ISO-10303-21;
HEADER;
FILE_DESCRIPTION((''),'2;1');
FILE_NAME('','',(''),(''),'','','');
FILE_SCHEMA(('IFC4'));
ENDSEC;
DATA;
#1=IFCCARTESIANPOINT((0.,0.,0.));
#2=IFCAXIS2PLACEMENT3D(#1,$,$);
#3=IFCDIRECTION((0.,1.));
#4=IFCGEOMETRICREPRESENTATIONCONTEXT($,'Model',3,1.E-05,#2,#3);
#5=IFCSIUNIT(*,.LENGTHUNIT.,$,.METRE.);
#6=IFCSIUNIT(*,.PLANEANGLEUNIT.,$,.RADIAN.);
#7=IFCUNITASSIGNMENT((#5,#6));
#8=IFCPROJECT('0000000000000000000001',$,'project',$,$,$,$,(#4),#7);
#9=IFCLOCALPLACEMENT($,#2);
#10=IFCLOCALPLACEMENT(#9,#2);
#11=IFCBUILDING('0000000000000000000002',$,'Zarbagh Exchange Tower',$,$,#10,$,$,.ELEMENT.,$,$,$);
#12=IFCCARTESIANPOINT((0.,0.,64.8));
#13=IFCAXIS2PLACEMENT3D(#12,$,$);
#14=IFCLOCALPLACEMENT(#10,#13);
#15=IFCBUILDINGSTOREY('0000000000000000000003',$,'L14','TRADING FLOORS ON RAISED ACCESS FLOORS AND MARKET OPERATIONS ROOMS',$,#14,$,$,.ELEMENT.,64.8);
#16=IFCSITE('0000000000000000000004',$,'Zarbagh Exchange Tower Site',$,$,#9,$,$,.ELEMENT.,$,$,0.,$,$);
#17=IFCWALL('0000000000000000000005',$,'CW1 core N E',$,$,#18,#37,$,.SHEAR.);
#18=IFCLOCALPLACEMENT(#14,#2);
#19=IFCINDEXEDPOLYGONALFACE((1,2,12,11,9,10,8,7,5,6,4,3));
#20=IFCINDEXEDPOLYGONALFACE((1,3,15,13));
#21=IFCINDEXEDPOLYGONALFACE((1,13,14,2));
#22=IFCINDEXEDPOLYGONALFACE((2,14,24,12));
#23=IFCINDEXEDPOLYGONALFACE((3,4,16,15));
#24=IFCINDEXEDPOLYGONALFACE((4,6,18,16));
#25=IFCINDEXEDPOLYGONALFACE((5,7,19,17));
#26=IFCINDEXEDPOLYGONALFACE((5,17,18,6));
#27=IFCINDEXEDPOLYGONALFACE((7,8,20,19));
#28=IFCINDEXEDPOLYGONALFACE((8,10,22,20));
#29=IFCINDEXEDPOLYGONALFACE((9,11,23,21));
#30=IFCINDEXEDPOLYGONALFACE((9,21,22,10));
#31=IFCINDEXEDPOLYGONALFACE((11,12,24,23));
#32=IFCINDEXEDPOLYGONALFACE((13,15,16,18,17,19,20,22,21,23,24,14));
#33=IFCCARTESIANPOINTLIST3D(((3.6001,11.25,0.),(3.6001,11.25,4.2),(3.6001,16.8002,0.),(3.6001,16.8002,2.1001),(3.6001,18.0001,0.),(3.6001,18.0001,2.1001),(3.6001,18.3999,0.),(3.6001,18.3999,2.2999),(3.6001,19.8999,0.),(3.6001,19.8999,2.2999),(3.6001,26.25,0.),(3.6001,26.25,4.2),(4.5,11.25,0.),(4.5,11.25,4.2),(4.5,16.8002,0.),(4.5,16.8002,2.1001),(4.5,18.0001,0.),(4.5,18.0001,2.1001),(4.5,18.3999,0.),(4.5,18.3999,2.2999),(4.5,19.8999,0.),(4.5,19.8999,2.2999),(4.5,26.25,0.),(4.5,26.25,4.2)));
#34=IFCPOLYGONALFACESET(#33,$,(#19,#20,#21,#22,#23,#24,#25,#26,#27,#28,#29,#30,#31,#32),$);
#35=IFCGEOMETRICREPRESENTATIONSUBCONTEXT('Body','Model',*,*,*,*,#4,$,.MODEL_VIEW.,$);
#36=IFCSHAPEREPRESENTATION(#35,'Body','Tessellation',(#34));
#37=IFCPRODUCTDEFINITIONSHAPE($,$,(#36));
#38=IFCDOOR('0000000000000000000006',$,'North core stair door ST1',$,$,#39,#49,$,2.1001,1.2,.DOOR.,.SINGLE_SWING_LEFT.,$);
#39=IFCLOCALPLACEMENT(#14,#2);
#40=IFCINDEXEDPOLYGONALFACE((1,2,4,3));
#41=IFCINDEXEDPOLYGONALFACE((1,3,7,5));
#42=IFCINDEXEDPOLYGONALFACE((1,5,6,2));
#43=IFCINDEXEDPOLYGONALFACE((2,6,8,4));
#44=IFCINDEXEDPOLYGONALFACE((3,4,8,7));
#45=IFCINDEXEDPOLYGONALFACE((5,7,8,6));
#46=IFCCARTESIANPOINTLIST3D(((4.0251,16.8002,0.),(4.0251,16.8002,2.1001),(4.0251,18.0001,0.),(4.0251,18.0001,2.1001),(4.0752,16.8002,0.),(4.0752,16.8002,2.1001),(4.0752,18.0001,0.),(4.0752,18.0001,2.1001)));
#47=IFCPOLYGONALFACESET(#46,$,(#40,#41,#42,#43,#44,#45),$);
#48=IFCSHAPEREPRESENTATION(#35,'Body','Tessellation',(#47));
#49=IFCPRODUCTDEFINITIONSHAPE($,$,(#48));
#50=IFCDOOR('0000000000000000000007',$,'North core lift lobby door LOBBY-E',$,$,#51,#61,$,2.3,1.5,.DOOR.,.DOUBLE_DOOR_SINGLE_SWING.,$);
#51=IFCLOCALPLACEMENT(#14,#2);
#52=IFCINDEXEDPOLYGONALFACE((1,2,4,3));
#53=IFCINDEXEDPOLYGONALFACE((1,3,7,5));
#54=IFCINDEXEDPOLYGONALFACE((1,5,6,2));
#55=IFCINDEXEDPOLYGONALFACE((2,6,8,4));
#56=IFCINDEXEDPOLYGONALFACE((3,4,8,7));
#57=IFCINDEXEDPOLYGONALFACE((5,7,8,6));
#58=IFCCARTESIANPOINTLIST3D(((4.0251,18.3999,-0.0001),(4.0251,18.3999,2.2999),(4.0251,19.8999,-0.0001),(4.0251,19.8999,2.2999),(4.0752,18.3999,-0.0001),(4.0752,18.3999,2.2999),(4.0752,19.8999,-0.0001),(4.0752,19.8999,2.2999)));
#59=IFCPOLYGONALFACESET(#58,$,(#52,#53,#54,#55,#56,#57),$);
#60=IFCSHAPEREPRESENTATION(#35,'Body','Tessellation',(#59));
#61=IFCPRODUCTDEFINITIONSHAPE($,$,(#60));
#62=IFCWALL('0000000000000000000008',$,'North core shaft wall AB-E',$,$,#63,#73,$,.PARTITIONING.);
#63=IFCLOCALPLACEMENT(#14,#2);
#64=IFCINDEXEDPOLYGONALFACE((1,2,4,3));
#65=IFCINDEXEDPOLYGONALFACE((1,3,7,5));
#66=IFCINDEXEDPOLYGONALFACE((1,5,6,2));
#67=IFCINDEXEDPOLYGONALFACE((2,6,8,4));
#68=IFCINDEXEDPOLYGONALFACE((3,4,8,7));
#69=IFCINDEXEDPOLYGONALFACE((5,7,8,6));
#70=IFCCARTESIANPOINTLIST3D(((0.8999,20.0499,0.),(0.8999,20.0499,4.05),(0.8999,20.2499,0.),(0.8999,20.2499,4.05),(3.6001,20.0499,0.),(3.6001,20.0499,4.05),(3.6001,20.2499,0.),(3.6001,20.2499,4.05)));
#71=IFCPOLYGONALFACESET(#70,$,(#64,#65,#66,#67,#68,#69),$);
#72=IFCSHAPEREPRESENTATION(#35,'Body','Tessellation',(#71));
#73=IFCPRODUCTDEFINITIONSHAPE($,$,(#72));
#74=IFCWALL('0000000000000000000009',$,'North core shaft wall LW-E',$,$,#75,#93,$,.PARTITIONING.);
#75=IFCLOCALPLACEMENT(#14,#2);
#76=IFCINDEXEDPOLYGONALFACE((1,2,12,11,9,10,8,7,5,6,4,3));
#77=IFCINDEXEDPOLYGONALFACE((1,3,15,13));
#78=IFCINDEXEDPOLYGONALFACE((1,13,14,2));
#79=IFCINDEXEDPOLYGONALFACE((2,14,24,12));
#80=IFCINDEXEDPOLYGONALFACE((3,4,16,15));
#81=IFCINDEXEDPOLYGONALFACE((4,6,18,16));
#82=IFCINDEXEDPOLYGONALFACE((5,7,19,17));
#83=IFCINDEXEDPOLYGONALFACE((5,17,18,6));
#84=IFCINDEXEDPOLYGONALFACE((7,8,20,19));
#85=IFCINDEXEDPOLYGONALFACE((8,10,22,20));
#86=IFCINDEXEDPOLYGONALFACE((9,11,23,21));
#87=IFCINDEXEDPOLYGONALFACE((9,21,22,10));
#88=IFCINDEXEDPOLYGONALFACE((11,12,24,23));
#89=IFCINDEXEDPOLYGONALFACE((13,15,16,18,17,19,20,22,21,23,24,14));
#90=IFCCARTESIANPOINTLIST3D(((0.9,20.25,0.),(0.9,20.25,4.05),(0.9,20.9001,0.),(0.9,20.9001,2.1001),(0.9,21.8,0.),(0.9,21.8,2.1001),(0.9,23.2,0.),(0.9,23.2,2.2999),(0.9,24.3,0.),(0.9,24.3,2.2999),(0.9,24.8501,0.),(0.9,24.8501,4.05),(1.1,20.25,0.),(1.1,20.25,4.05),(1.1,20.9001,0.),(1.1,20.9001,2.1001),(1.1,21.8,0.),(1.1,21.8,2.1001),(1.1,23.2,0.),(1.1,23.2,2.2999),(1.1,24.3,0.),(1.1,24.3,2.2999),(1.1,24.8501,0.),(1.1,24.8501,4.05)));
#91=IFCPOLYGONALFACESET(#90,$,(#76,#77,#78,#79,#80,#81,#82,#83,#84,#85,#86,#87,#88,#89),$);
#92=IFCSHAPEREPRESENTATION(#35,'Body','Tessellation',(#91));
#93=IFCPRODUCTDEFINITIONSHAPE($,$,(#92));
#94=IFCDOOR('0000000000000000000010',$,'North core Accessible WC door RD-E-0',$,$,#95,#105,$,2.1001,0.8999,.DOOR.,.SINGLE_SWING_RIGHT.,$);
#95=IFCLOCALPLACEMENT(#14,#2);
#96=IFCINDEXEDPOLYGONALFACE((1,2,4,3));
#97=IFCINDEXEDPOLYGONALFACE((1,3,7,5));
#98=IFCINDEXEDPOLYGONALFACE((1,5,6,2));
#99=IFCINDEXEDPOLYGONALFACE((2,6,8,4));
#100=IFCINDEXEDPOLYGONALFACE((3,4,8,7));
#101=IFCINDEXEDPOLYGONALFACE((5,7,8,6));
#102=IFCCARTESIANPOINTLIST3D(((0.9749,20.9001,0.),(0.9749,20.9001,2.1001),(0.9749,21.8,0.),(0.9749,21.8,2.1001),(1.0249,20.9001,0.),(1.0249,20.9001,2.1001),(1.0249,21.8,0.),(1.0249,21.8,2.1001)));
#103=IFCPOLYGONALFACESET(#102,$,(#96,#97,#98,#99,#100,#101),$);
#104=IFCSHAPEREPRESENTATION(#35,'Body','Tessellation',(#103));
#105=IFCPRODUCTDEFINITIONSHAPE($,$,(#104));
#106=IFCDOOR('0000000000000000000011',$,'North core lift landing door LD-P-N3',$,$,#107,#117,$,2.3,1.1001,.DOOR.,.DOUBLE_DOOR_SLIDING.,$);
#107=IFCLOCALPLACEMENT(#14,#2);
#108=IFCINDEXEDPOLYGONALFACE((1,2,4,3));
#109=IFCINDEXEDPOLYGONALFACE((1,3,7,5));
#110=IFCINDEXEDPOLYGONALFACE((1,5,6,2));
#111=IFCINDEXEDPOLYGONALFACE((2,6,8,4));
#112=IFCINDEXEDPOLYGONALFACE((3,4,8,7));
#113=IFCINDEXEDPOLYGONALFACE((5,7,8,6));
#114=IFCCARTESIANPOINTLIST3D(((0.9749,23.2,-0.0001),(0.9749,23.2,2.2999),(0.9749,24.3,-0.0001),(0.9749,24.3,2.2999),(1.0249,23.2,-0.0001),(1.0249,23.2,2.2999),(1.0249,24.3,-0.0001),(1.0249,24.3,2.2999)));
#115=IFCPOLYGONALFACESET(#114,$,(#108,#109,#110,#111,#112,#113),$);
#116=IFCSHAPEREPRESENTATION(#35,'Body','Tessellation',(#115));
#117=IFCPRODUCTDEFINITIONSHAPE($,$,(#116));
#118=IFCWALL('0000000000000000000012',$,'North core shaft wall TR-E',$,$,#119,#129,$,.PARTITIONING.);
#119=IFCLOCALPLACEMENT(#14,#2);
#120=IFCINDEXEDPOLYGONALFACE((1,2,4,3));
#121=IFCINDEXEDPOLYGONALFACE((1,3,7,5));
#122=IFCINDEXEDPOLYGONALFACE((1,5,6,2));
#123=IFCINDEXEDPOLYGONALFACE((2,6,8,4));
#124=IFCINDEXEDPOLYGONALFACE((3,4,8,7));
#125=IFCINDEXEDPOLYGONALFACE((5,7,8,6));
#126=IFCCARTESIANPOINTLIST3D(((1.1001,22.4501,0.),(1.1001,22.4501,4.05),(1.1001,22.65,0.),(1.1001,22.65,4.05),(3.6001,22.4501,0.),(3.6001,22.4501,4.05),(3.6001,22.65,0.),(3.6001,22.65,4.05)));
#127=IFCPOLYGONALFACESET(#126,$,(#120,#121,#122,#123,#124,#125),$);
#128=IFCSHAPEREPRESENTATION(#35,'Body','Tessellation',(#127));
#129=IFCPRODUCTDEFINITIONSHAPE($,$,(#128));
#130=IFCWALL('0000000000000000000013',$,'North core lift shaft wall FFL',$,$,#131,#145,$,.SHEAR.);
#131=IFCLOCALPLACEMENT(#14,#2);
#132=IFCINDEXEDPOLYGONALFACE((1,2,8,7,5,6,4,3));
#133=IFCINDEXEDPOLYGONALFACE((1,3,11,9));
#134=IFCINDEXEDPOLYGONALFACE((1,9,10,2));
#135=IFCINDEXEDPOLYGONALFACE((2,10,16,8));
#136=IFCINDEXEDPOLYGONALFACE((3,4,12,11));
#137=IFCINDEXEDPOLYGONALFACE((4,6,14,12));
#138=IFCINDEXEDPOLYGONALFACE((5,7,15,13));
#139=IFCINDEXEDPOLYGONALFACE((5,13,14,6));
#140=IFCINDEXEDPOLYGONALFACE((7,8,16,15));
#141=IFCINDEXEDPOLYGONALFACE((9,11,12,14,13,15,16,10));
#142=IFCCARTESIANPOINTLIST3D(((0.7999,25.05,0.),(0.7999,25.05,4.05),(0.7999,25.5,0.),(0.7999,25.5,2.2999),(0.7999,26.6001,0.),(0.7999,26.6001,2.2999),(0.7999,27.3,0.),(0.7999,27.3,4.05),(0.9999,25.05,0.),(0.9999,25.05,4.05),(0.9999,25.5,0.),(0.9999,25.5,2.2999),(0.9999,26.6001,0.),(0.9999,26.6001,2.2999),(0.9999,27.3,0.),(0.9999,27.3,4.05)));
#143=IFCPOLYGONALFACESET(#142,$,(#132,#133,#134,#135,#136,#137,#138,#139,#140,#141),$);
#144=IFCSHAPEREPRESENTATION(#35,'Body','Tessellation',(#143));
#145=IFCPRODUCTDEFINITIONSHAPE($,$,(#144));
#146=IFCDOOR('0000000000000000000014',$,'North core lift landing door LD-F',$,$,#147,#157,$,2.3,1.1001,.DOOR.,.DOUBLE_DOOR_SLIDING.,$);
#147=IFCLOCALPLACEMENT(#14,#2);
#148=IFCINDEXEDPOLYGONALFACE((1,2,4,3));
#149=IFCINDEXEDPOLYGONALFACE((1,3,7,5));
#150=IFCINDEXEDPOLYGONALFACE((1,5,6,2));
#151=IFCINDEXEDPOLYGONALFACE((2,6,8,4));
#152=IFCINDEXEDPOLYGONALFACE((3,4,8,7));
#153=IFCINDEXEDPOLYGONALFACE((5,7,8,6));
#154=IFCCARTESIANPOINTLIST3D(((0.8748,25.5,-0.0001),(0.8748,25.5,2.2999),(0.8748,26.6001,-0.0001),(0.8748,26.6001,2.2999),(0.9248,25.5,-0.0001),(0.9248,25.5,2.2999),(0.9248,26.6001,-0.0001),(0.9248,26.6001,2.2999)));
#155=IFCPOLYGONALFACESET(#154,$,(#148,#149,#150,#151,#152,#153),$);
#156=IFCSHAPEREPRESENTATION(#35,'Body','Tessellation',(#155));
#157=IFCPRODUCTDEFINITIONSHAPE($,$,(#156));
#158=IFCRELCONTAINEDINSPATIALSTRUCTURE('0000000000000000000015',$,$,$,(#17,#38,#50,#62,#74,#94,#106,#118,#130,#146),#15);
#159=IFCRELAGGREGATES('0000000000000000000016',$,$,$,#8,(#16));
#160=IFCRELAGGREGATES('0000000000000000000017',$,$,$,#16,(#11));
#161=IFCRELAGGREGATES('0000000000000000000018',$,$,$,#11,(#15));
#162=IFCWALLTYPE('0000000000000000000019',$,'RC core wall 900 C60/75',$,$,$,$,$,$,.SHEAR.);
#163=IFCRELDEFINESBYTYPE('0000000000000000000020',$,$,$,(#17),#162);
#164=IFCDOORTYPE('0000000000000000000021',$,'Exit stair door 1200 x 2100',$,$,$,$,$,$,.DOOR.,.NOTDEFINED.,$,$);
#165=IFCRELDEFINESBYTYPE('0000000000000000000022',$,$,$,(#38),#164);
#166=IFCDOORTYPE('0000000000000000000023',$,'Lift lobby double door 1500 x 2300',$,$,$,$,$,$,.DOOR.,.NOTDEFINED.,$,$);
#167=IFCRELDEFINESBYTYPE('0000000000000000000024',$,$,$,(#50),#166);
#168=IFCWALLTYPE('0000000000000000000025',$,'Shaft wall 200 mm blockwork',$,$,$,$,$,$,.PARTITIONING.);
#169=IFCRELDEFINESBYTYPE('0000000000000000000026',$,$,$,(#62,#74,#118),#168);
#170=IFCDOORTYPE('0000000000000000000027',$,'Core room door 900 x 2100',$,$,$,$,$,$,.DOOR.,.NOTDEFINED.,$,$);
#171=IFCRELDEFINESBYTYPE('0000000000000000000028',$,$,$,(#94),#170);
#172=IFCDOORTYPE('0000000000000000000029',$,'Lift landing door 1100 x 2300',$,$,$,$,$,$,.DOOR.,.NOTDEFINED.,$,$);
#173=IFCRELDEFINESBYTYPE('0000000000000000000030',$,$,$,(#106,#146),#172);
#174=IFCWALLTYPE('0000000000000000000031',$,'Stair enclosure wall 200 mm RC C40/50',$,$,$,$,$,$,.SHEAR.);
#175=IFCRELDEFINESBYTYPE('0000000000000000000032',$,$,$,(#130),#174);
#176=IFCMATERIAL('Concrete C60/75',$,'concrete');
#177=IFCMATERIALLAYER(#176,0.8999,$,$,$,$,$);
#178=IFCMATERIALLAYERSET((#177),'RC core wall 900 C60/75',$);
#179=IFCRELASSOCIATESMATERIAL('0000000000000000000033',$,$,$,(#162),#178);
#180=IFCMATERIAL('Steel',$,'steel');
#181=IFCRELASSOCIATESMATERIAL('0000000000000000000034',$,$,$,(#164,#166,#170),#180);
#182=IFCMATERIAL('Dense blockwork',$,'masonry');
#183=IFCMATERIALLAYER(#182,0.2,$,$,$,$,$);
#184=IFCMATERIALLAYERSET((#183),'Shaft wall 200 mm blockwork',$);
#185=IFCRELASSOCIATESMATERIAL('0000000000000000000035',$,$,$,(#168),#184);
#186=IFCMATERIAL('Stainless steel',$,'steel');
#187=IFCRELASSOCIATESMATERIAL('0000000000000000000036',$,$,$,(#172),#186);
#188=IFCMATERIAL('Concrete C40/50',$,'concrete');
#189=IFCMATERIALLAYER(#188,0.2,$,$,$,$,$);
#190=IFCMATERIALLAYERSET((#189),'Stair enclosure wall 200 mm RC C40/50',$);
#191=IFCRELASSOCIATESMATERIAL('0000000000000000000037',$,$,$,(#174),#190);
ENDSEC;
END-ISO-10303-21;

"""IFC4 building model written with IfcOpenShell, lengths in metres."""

from ifc_helpers import new_model, si_unit, direction, frame, frame_2d, origin, place, context, subcontext, project, spatial, rectangle, extrude, material, layer, layer_set, type_object, element, fill, save


model = new_model("IFC4")

# Units and contexts
model_context = context("Model", 3, precision=1e-05, world=origin(), true_north=direction((0.0, 1.0)))
body_context = subcontext(model_context, "Body", "Model", "MODEL_VIEW")
ifc_project = project(units=[si_unit("LENGTHUNIT", "METRE"), si_unit("PLANEANGLEUNIT", "RADIAN")], contexts=[model_context])

# Site, building, storey
site_placement = place(None, origin())
site = spatial("IfcSite", under=ifc_project, at=site_placement, Name="Zarbagh Exchange Tower Site", CompositionType="ELEMENT", RefElevation=0.0)
building_placement = place(site_placement, origin())
building = spatial("IfcBuilding", under=site, at=building_placement, Name="Zarbagh Exchange Tower", CompositionType="ELEMENT")
storey_placement = place(building_placement, frame((0.0, 0.0, 64.8)))
storey = spatial("IfcBuildingStorey", under=building, at=storey_placement, Name="L14", Description="TRADING FLOORS ON RAISED ACCESS FLOORS AND MARKET OPERATIONS ROOMS", CompositionType="ELEMENT", Elevation=64.8)

# Shared definitions
ifc_material_1 = material(Name="Concrete C60/75", Category="concrete")

# Wall, openings, doors
ifc_layer_1 = layer(ifc_material_1, 0.8999)
ifc_layer_set_1 = layer_set([ifc_layer_1], Name="RC core wall 900 C60/75")
wall_type_1 = type_object("IfcWallType", Name="RC core wall 900 C60/75", PredefinedType="SHEAR", material=ifc_layer_set_1)
wall_1_placement = place(storey_placement, frame((4.05, 11.25, 0.0), z_axis=(0.0, 0.0, 1.0), x_axis=(0.0, 1.0, 0.0)))
wall_1 = element("IfcWall", 1, at=wall_1_placement, inside=storey, type_object=wall_type_1, Name="CW1 core N E", PredefinedType="SHEAR", context=body_context, shape_type="SweptSolid", body=[
    extrude(rectangle(XDim=15.0, YDim=0.8999, at=frame_2d((7.5, 0.0))), origin(), (0.0, 0.0, 1.0), 4.2),
])
opening_1_placement = place(wall_1_placement, frame((7.1499, 0.0, 0.0)))
opening_1 = element("IfcOpeningElement", 2, at=opening_1_placement, cuts=wall_1, PredefinedType="OPENING", context=body_context, shape_type="SweptSolid", body=[
    extrude(rectangle(XDim=1.5, YDim=2.3, at=frame_2d((0.75, 1.1499))), frame((0.0, 0.46, 0.0), z_axis=(0.0, -1.0, 0.0), x_axis=(1.0, 0.0, 0.0)), (0.0, 0.0, 1.0), 0.9199),
])
opening_2_placement = place(wall_1_placement, frame((5.55, 0.0, 0.0)))
opening_2 = element("IfcOpeningElement", 3, at=opening_2_placement, cuts=wall_1, PredefinedType="OPENING", context=body_context, shape_type="SweptSolid", body=[
    extrude(rectangle(XDim=1.2, YDim=2.1001, at=frame_2d((0.6001, 1.05))), frame((0.0, 0.46, 0.0), z_axis=(0.0, -1.0, 0.0), x_axis=(1.0, 0.0, 0.0)), (0.0, 0.0, 1.0), 0.9199),
])
ifc_material_2 = material(Name="Steel", Category="steel")
door_type_1 = type_object("IfcDoorType", Name="Exit stair door 1200 x 2100", OperationType="NOTDEFINED", PredefinedType="DOOR", material=ifc_material_2)
door_1_placement = place(opening_2_placement, origin())
door_1 = element("IfcDoor", 4, at=door_1_placement, inside=storey, type_object=door_type_1, Name="North core stair door ST1", OperationType="SINGLE_SWING_LEFT", OverallHeight=2.1001, OverallWidth=1.2, PredefinedType="DOOR", context=body_context, shape_type="SweptSolid", body=[
    extrude(rectangle(XDim=1.2, YDim=2.1001, at=frame_2d((0.6001, 1.05))), frame((0.0, 0.0249, 0.0), z_axis=(0.0, -1.0, 0.0), x_axis=(1.0, 0.0, 0.0)), (0.0, 0.0, 1.0), 0.05),
])
fill(opening_2, door_1)
door_type_2 = type_object("IfcDoorType", Name="Lift lobby double door 1500 x 2300", OperationType="NOTDEFINED", PredefinedType="DOOR", material=ifc_material_2)
door_2_placement = place(opening_1_placement, origin())
door_2 = element("IfcDoor", 5, at=door_2_placement, inside=storey, type_object=door_type_2, Name="North core lift lobby door LOBBY-E", OperationType="DOUBLE_DOOR_SINGLE_SWING", OverallHeight=2.3, OverallWidth=1.5, PredefinedType="DOOR", context=body_context, shape_type="SweptSolid", body=[
    extrude(rectangle(XDim=1.5, YDim=2.3, at=frame_2d((0.75, 1.1499))), frame((0.0, 0.0249, 0.0), z_axis=(0.0, -1.0, 0.0), x_axis=(1.0, 0.0, 0.0)), (0.0, 0.0, 1.0), 0.05),
])
fill(opening_1, door_2)

# Wall
ifc_material_3 = material(Name="Dense blockwork", Category="masonry")
ifc_layer_2 = layer(ifc_material_3, 0.2)
ifc_layer_set_2 = layer_set([ifc_layer_2], Name="Shaft wall 200 mm blockwork")
wall_type_2 = type_object("IfcWallType", Name="Shaft wall 200 mm blockwork", PredefinedType="PARTITIONING", material=ifc_layer_set_2)
wall_2_placement = place(storey_placement, frame((0.8999, 20.1499, 0.0), z_axis=(0.0, 0.0, 1.0), x_axis=(1.0, 0.0, 0.0)))
element("IfcWall", 6, at=wall_2_placement, inside=storey, type_object=wall_type_2, Name="North core shaft wall AB-E", PredefinedType="PARTITIONING", context=body_context, shape_type="SweptSolid", body=[
    extrude(rectangle(XDim=2.7002, YDim=0.2, at=frame_2d((1.3501, 0.0))), origin(), (0.0, 0.0, 1.0), 4.05),
])

# Wall, openings, doors
wall_3_placement = place(storey_placement, frame((1.0, 24.8501, 0.0), z_axis=(0.0, 0.0, 1.0), x_axis=(0.0, -1.0, 0.0)))
wall_3 = element("IfcWall", 7, at=wall_3_placement, inside=storey, type_object=wall_type_2, Name="North core shaft wall LW-E", PredefinedType="PARTITIONING", context=body_context, shape_type="SweptSolid", body=[
    extrude(rectangle(XDim=4.6001, YDim=0.2, at=frame_2d((2.3, 0.0))), origin(), (0.0, 0.0, 1.0), 4.05),
])
opening_3_placement = place(wall_3_placement, frame((0.55, 0.0, 0.0)))
opening_3 = element("IfcOpeningElement", 8, at=opening_3_placement, cuts=wall_3, PredefinedType="OPENING", context=body_context, shape_type="SweptSolid", body=[
    extrude(rectangle(XDim=1.1001, YDim=2.3, at=frame_2d((0.55, 1.1499))), frame((0.0, 0.1099, 0.0), z_axis=(0.0, -1.0, 0.0), x_axis=(1.0, 0.0, 0.0)), (0.0, 0.0, 1.0), 0.22),
])
opening_4_placement = place(wall_3_placement, frame((3.05, 0.0, 0.0)))
opening_4 = element("IfcOpeningElement", 9, at=opening_4_placement, cuts=wall_3, PredefinedType="OPENING", context=body_context, shape_type="SweptSolid", body=[
    extrude(rectangle(XDim=0.8999, YDim=2.1001, at=frame_2d((0.45, 1.05))), frame((0.0, 0.1099, 0.0), z_axis=(0.0, -1.0, 0.0), x_axis=(1.0, 0.0, 0.0)), (0.0, 0.0, 1.0), 0.22),
])
door_type_3 = type_object("IfcDoorType", Name="Core room door 900 x 2100", OperationType="NOTDEFINED", PredefinedType="DOOR", material=ifc_material_2)
door_3_placement = place(opening_4_placement, origin())
door_3 = element("IfcDoor", 10, at=door_3_placement, inside=storey, type_object=door_type_3, Name="North core Accessible WC door RD-E-0", OperationType="SINGLE_SWING_RIGHT", OverallHeight=2.1001, OverallWidth=0.8999, PredefinedType="DOOR", context=body_context, shape_type="SweptSolid", body=[
    extrude(rectangle(XDim=0.8999, YDim=2.1001, at=frame_2d((0.45, 1.05))), frame((0.0, 0.0249, 0.0), z_axis=(0.0, -1.0, 0.0), x_axis=(1.0, 0.0, 0.0)), (0.0, 0.0, 1.0), 0.05),
])
fill(opening_4, door_3)
ifc_material_4 = material(Name="Stainless steel", Category="steel")
door_type_4 = type_object("IfcDoorType", Name="Lift landing door 1100 x 2300", OperationType="NOTDEFINED", PredefinedType="DOOR", material=ifc_material_4)
door_4_placement = place(opening_3_placement, origin())
door_4 = element("IfcDoor", 11, at=door_4_placement, inside=storey, type_object=door_type_4, Name="North core lift landing door LD-P-N3", OperationType="DOUBLE_DOOR_SLIDING", OverallHeight=2.3, OverallWidth=1.1001, PredefinedType="DOOR", context=body_context, shape_type="SweptSolid", body=[
    extrude(rectangle(XDim=1.1001, YDim=2.3, at=frame_2d((0.55, 1.1499))), frame((0.0, 0.0249, 0.0), z_axis=(0.0, -1.0, 0.0), x_axis=(1.0, 0.0, 0.0)), (0.0, 0.0, 1.0), 0.05),
])
fill(opening_3, door_4)

# Wall
wall_4_placement = place(storey_placement, frame((1.1001, 22.55, 0.0), z_axis=(0.0, 0.0, 1.0), x_axis=(1.0, 0.0, 0.0)))
element("IfcWall", 12, at=wall_4_placement, inside=storey, type_object=wall_type_2, Name="North core shaft wall TR-E", PredefinedType="PARTITIONING", context=body_context, shape_type="SweptSolid", body=[
    extrude(rectangle(XDim=2.5, YDim=0.2, at=frame_2d((1.25, 0.0))), origin(), (0.0, 0.0, 1.0), 4.05),
])

# Wall, opening, door
ifc_material_5 = material(Name="Concrete C40/50", Category="concrete")
ifc_layer_3 = layer(ifc_material_5, 0.2)
ifc_layer_set_3 = layer_set([ifc_layer_3], Name="Stair enclosure wall 200 mm RC C40/50")
wall_type_3 = type_object("IfcWallType", Name="Stair enclosure wall 200 mm RC C40/50", PredefinedType="SHEAR", material=ifc_layer_set_3)
wall_5_placement = place(storey_placement, frame((0.8999, 27.3, 0.0), z_axis=(0.0, 0.0, 1.0), x_axis=(0.0, -1.0, 0.0)))
wall_5 = element("IfcWall", 13, at=wall_5_placement, inside=storey, type_object=wall_type_3, Name="North core lift shaft wall FFL", PredefinedType="SHEAR", context=body_context, shape_type="SweptSolid", body=[
    extrude(rectangle(XDim=2.25, YDim=0.2, at=frame_2d((1.125, 0.0))), origin(), (0.0, 0.0, 1.0), 4.05),
])
opening_5_placement = place(wall_5_placement, frame((0.7, 0.0, 0.0)))
opening_5 = element("IfcOpeningElement", 14, at=opening_5_placement, cuts=wall_5, PredefinedType="OPENING", context=body_context, shape_type="SweptSolid", body=[
    extrude(rectangle(XDim=1.1001, YDim=2.3, at=frame_2d((0.55, 1.1499))), frame((0.0, 0.1099, 0.0), z_axis=(0.0, -1.0, 0.0), x_axis=(1.0, 0.0, 0.0)), (0.0, 0.0, 1.0), 0.22),
])
door_5_placement = place(opening_5_placement, origin())
door_5 = element("IfcDoor", 15, at=door_5_placement, inside=storey, type_object=door_type_4, Name="North core lift landing door LD-F", OperationType="DOUBLE_DOOR_SLIDING", OverallHeight=2.3, OverallWidth=1.1001, PredefinedType="DOOR", context=body_context, shape_type="SweptSolid", body=[
    extrude(rectangle(XDim=1.1001, YDim=2.3, at=frame_2d((0.55, 1.1499))), frame((0.0, 0.0249, 0.0), z_axis=(0.0, -1.0, 0.0), x_axis=(1.0, 0.0, 0.0)), (0.0, 0.0, 1.0), 0.05),
])
fill(opening_5, door_5)

save(model, "model.ifc")
